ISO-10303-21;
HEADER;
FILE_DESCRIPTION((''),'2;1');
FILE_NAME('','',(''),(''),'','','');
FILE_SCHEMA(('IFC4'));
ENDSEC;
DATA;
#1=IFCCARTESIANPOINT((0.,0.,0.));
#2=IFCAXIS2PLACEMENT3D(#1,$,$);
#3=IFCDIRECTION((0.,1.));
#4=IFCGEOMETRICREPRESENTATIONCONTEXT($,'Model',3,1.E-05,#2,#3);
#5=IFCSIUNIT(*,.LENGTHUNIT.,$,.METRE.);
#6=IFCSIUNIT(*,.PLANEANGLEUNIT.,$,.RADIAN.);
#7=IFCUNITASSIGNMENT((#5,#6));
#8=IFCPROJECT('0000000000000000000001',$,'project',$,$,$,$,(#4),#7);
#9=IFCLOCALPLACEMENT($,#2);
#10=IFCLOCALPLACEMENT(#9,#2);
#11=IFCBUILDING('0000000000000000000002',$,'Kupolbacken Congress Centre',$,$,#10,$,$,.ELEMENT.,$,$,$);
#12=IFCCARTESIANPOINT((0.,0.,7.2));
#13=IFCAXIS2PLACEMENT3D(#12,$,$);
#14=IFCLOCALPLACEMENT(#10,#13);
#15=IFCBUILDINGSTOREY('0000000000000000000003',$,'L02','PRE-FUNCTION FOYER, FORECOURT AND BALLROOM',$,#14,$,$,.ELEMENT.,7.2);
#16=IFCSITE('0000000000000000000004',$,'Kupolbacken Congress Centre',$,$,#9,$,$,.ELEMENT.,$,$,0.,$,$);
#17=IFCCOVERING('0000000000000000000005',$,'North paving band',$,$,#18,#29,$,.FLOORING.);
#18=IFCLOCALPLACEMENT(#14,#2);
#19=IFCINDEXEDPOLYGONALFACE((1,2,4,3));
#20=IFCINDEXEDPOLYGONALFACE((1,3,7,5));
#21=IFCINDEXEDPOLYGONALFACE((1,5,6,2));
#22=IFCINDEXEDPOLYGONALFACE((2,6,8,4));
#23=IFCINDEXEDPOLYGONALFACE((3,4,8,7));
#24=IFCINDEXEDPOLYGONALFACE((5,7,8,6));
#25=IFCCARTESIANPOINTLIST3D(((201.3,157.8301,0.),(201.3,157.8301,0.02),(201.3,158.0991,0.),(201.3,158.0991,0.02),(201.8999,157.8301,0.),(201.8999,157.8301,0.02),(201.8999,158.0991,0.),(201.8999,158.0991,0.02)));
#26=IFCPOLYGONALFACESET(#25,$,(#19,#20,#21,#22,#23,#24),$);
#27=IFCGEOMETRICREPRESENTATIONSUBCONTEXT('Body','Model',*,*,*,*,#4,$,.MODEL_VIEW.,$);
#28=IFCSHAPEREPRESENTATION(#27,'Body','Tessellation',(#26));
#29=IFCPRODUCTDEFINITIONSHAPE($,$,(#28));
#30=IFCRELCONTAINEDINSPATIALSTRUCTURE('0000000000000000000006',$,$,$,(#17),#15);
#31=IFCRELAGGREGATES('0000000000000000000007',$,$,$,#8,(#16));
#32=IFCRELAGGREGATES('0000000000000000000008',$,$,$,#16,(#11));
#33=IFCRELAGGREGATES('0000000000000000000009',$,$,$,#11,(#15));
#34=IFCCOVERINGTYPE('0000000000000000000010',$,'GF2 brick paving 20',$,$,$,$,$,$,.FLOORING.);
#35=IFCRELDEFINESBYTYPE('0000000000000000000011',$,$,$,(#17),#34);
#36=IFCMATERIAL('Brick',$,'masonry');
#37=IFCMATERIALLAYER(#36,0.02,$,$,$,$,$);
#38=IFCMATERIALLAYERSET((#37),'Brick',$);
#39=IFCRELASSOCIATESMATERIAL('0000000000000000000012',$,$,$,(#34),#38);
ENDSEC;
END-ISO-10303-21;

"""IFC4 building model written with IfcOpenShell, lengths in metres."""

from ifc_helpers import new_model, si_unit, direction, frame, origin, place, context, subcontext, project, spatial, polyline, outline, extrude, material, layer, layer_set, type_object, element, save


model = new_model("IFC4")

# Units and contexts
model_context = context("Model", 3, precision=1e-05, world=origin(), true_north=direction((0.0, 1.0)))
body_context = subcontext(model_context, "Body", "Model", "MODEL_VIEW")
ifc_project = project(units=[si_unit("LENGTHUNIT", "METRE"), si_unit("PLANEANGLEUNIT", "RADIAN")], contexts=[model_context])

# Site, building, storey
site_placement = place(None, origin())
site = spatial("IfcSite", under=ifc_project, at=site_placement, Name="Kupolbacken Congress Centre", CompositionType="ELEMENT", RefElevation=0.0)
building_placement = place(site_placement, origin())
building = spatial("IfcBuilding", under=site, at=building_placement, Name="Kupolbacken Congress Centre", CompositionType="ELEMENT")
storey_placement = place(building_placement, frame((0.0, 0.0, 7.2)))
storey = spatial("IfcBuildingStorey", under=building, at=storey_placement, Name="L02", Description="PRE-FUNCTION FOYER, FORECOURT AND BALLROOM", CompositionType="ELEMENT", Elevation=7.2)

# Covering
ifc_material = material(Name="Brick", Category="masonry")
ifc_layer = layer(ifc_material, 0.02)
ifc_layer_set = layer_set([ifc_layer], Name="Brick")
covering_type = type_object("IfcCoveringType", Name="GF2 brick paving 20", PredefinedType="FLOORING", material=ifc_layer_set)
covering_1_placement = place(storey_placement, origin())
element("IfcCovering", 1, at=covering_1_placement, inside=storey, type_object=covering_type, Name="North paving band", PredefinedType="FLOORING", context=body_context, shape_type="SweptSolid", body=[
    extrude(outline(polyline([(201.3, 158.0991), (201.8999, 158.0991), (201.8999, 157.8301), (201.3, 157.8301), (201.3, 158.0991)])), origin(), (0.0, 0.0, 1.0), 0.02),
])

save(model, "model.ifc")
